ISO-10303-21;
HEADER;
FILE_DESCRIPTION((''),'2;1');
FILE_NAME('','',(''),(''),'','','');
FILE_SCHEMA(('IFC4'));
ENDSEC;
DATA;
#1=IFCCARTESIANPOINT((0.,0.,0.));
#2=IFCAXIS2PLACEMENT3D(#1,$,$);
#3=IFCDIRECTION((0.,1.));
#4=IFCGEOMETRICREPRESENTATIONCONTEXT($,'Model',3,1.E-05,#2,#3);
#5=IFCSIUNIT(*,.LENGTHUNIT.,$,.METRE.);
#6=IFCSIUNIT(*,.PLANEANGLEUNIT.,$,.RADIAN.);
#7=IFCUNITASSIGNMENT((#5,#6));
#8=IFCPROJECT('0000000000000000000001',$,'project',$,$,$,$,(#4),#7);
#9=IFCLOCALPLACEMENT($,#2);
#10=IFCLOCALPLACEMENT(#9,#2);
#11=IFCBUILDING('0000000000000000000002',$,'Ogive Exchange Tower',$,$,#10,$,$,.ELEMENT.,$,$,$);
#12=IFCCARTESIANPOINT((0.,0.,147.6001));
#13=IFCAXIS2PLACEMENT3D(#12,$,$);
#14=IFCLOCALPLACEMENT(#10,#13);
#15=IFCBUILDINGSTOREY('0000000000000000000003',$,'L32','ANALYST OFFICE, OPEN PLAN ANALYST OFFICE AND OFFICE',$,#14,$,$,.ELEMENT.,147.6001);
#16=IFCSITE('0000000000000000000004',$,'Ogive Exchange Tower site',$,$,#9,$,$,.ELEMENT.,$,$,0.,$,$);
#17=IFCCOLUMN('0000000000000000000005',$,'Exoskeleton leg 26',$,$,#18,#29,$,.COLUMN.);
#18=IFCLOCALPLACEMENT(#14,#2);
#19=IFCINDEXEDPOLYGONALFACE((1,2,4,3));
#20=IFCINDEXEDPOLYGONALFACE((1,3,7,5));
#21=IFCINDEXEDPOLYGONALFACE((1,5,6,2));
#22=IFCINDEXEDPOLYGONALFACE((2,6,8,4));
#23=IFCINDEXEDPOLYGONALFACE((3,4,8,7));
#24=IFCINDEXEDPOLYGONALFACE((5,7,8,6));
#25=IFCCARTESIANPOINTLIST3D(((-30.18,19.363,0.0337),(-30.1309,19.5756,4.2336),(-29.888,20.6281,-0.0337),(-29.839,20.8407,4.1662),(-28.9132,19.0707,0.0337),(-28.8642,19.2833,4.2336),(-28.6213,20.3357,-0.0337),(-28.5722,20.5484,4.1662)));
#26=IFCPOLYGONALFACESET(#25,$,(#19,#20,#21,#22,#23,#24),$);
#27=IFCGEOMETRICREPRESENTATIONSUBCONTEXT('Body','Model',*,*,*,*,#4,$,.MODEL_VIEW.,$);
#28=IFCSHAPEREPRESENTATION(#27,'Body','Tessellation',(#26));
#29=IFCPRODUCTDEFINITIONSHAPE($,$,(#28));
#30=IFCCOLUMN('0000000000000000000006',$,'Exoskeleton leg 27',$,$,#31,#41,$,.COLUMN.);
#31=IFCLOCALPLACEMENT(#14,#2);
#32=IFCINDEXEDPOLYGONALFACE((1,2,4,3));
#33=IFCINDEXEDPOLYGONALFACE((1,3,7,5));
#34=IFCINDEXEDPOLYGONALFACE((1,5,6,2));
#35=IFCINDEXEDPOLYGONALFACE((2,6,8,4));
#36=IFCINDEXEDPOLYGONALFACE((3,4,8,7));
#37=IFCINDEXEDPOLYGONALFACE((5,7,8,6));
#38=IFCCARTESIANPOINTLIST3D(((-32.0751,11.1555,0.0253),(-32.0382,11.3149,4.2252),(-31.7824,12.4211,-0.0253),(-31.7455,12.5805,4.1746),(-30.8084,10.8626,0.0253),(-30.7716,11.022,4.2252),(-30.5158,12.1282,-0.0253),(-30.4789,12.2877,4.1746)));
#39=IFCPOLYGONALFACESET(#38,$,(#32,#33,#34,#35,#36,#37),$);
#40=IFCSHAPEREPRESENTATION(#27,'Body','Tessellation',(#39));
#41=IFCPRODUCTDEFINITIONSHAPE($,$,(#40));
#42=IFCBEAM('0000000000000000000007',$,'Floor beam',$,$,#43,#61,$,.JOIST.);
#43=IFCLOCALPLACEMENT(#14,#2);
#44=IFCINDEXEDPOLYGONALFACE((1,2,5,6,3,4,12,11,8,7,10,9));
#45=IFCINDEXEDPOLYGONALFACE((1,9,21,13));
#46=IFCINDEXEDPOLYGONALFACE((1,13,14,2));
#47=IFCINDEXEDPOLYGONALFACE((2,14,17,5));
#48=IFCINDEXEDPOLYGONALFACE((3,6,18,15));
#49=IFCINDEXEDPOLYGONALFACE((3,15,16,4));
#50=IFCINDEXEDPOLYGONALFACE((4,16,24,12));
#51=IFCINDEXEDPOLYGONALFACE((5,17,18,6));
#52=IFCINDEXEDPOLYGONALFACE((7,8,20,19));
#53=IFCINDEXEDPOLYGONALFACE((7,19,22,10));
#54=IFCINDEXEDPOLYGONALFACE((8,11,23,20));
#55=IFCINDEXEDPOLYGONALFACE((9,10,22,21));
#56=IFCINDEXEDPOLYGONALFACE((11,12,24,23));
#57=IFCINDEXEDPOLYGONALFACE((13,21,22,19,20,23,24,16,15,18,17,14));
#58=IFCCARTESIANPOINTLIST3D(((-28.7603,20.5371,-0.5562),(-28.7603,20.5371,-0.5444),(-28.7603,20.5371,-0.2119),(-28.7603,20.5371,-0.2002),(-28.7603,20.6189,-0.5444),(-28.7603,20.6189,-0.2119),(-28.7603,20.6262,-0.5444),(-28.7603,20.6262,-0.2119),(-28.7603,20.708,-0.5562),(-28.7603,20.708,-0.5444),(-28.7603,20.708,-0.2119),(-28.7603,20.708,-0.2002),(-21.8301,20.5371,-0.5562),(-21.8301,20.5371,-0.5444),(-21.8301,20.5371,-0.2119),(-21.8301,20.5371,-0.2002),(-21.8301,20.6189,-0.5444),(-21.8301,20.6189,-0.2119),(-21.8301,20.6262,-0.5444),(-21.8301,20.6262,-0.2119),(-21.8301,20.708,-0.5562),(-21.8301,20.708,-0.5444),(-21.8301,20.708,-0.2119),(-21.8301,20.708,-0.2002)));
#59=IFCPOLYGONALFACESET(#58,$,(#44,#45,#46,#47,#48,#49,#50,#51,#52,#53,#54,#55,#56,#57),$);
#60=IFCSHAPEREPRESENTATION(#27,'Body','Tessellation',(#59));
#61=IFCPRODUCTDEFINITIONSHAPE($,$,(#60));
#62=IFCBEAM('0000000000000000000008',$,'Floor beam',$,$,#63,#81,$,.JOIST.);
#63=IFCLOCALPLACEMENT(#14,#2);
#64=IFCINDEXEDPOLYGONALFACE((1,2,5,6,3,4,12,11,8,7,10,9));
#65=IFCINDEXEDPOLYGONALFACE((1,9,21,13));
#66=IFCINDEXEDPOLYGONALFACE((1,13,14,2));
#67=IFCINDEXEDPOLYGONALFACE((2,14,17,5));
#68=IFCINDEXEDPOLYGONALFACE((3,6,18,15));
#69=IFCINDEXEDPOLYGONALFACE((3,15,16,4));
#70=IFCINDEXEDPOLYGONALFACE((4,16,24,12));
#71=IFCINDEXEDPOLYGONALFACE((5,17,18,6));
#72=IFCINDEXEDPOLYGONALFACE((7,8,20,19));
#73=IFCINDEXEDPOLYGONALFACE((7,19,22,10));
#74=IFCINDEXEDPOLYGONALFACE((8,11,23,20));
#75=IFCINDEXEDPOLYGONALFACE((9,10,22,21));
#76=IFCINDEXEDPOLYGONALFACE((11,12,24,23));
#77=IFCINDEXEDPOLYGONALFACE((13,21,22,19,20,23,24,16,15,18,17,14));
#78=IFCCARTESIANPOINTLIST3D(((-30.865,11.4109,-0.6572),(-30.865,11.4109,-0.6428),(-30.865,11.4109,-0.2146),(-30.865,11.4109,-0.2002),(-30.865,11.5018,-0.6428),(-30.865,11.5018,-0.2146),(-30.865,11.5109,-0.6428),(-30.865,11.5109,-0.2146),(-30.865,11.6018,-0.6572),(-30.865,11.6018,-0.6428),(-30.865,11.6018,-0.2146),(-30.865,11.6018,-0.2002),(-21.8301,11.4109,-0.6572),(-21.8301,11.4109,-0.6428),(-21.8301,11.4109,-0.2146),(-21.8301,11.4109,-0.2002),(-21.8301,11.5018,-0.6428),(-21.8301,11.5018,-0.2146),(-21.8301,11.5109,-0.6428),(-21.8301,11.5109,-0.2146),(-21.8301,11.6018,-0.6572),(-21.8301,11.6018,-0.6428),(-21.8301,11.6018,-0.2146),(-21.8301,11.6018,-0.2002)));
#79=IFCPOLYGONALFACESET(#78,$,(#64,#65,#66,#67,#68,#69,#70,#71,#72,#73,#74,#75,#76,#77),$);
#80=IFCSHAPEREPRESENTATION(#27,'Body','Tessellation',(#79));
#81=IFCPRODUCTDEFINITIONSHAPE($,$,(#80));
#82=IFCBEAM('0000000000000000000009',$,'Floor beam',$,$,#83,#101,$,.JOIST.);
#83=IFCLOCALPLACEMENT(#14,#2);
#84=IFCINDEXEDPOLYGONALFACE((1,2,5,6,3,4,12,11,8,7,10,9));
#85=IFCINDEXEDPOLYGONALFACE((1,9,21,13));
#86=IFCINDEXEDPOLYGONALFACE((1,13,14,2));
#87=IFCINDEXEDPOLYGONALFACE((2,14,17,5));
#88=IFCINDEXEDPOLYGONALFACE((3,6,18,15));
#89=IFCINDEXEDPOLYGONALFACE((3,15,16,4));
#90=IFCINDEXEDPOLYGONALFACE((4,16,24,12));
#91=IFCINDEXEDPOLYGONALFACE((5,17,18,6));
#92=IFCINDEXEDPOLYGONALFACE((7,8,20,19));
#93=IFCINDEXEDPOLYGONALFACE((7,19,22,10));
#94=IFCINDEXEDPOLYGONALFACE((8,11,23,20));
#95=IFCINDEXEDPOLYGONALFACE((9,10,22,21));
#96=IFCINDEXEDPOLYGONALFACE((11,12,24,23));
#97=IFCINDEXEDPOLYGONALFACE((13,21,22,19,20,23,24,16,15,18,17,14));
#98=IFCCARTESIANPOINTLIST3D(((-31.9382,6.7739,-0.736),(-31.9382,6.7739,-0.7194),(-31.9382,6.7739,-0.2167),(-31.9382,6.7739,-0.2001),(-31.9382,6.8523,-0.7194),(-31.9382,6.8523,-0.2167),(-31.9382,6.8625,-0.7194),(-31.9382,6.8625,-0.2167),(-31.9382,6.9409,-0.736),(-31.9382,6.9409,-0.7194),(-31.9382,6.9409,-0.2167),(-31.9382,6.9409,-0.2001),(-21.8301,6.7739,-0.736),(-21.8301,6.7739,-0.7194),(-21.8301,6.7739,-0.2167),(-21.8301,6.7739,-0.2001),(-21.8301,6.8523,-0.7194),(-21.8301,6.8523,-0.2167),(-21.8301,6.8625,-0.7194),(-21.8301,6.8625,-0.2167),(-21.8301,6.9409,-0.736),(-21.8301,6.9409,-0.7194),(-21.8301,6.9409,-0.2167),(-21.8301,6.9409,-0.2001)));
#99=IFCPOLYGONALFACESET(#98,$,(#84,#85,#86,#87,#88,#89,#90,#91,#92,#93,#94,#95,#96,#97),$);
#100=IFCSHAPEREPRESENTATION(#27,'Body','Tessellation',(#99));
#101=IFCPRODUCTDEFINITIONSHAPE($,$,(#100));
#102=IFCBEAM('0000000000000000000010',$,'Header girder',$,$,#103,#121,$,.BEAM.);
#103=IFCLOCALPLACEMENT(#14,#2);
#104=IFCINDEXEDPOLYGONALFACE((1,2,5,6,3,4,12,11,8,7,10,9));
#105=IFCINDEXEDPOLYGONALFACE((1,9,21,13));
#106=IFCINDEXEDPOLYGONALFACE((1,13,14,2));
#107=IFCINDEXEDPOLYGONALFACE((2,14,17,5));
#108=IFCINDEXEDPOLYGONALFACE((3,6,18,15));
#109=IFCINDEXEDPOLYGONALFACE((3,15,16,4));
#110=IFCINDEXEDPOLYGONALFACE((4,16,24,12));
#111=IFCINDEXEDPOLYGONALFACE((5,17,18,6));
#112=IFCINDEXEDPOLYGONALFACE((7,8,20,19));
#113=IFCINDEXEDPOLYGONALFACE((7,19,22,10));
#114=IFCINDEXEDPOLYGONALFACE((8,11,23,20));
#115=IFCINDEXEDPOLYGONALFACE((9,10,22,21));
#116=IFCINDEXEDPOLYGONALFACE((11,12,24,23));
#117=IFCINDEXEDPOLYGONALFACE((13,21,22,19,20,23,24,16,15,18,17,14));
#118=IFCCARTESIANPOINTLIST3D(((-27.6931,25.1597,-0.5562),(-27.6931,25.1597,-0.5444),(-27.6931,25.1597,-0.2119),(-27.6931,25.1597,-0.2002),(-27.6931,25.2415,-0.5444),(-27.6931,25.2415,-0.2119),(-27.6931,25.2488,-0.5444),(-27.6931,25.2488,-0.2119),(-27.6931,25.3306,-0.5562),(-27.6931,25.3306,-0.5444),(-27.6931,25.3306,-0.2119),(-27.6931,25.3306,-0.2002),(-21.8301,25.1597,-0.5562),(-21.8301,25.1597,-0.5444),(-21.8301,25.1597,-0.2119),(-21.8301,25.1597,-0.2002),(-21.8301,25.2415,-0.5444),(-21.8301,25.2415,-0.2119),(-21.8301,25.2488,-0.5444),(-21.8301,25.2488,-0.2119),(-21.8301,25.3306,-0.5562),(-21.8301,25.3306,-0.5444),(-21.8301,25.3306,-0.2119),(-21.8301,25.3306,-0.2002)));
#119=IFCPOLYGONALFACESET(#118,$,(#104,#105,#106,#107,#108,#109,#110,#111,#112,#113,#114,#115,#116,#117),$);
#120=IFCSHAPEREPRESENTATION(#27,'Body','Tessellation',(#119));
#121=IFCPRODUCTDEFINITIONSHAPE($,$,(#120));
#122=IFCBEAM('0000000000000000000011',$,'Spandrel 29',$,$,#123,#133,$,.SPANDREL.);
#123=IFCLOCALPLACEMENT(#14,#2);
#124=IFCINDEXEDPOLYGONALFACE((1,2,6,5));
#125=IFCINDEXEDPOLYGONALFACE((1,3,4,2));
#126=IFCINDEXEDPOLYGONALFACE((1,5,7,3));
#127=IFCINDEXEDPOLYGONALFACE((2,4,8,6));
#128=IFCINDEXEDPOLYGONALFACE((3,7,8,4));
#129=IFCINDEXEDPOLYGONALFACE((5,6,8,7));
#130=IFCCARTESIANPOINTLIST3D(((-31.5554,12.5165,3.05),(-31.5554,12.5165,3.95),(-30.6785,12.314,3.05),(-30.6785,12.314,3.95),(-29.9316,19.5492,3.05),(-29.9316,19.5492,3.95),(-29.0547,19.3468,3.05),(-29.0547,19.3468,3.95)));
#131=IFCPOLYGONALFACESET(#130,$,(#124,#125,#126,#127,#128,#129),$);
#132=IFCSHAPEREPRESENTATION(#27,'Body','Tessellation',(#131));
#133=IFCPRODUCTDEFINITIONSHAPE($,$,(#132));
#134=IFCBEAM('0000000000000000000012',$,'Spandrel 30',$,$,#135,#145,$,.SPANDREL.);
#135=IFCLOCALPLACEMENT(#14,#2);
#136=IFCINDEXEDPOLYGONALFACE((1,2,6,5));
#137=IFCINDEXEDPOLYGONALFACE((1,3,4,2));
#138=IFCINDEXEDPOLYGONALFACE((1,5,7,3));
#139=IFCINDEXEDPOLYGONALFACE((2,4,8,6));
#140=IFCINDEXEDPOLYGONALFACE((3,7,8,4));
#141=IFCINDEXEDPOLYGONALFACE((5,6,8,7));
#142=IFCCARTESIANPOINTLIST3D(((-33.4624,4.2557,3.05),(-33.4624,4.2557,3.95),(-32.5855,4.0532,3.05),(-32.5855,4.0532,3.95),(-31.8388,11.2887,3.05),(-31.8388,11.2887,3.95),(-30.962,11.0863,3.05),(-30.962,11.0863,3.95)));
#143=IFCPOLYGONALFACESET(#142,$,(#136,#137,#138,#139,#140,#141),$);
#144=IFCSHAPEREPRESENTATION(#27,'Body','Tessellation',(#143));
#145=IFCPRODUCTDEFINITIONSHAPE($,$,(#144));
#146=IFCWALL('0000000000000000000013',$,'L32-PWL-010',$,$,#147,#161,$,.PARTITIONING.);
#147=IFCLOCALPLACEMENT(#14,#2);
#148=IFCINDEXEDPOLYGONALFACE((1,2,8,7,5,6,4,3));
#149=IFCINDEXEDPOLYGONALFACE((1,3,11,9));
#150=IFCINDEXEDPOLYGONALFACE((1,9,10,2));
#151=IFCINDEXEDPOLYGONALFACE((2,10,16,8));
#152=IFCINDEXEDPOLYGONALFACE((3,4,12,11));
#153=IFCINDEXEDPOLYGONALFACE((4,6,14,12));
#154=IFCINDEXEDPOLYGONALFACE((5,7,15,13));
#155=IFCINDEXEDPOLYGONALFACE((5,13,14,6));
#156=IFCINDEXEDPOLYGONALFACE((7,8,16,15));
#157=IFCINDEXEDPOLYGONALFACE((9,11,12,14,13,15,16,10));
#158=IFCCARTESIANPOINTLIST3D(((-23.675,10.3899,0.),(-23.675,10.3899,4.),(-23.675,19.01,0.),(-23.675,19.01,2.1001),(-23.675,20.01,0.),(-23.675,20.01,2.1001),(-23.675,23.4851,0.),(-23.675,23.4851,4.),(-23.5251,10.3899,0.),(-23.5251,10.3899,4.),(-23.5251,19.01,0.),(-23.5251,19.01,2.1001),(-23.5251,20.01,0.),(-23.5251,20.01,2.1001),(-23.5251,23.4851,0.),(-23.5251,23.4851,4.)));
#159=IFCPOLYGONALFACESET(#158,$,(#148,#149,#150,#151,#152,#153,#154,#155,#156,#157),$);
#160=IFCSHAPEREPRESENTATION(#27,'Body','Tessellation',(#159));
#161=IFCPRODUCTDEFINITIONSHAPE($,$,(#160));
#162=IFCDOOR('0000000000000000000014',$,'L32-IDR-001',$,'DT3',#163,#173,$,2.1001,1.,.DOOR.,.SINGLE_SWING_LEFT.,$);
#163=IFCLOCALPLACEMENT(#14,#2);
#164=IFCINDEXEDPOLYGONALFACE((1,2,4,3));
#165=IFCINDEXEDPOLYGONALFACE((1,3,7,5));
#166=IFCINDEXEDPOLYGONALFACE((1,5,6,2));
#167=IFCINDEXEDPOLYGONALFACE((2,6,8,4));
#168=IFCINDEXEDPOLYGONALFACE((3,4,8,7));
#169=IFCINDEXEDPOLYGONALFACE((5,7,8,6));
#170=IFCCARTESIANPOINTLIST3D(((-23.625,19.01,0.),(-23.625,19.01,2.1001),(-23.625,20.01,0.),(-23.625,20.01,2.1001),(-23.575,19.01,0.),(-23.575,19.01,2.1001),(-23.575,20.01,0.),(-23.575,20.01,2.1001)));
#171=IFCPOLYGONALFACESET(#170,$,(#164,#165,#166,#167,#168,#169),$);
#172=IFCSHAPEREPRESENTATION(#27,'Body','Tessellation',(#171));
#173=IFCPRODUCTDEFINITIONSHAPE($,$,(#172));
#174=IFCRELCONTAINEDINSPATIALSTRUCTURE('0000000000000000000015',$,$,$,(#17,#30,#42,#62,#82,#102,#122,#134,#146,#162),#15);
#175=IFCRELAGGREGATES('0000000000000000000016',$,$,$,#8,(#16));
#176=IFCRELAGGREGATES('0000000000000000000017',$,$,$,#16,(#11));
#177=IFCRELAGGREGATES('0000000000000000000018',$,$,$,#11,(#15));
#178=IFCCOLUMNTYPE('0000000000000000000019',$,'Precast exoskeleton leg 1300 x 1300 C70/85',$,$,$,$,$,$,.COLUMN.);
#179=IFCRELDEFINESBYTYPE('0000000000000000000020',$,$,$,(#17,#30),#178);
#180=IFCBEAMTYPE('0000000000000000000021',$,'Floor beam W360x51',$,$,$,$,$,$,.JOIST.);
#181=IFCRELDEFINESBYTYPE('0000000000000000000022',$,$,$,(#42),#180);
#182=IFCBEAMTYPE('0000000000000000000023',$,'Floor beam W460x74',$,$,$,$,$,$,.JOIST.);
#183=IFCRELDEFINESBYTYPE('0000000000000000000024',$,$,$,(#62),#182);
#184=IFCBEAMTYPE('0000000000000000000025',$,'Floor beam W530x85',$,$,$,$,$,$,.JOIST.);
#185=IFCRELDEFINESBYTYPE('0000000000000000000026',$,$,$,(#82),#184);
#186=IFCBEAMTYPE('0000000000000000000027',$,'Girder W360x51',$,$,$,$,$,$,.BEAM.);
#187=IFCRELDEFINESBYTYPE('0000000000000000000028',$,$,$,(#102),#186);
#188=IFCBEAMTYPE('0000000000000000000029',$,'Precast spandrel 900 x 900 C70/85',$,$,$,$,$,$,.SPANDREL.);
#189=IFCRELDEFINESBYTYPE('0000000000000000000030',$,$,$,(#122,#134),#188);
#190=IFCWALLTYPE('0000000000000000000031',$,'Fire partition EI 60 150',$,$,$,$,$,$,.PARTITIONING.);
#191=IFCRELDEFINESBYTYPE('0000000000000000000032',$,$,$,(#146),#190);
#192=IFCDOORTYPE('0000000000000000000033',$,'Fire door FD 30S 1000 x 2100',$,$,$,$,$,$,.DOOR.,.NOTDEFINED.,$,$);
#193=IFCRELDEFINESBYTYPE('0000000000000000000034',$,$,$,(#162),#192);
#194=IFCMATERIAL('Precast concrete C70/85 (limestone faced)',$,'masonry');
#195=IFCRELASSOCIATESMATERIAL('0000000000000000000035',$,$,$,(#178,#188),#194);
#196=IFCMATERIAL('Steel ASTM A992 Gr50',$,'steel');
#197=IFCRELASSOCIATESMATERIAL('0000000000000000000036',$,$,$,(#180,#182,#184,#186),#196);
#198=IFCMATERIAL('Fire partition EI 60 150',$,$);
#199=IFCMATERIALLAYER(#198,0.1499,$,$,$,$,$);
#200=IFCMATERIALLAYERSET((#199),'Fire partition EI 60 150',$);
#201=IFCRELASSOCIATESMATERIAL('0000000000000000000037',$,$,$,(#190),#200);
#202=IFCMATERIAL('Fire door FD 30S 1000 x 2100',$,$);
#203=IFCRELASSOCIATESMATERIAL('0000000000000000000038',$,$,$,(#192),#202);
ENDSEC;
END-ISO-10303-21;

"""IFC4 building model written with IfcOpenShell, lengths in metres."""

from ifc_helpers import new_model, si_unit, direction, frame, frame_2d, origin, origin_2d, place, context, subcontext, project, spatial, rectangle, i_section, extrude, material, layer, layer_set, material_profile, profile_set, type_object, element, fill, save


model = new_model("IFC4")

# Units and contexts
model_context = context("Model", 3, precision=1e-05, world=origin(), true_north=direction((0.0, 1.0)))
body_context = subcontext(model_context, "Body", "Model", "MODEL_VIEW")
ifc_project = project(units=[si_unit("LENGTHUNIT", "METRE"), si_unit("PLANEANGLEUNIT", "RADIAN")], contexts=[model_context])

# Site, building, storey
site_placement = place(None, origin())
site = spatial("IfcSite", under=ifc_project, at=site_placement, Name="Ogive Exchange Tower site", CompositionType="ELEMENT", RefElevation=0.0)
building_placement = place(site_placement, origin())
building = spatial("IfcBuilding", under=site, at=building_placement, Name="Ogive Exchange Tower", CompositionType="ELEMENT")
storey_placement = place(building_placement, frame((0.0, 0.0, 147.6001)))
storey = spatial("IfcBuildingStorey", under=building, at=storey_placement, Name="L32", Description="ANALYST OFFICE, OPEN PLAN ANALYST OFFICE AND OFFICE", CompositionType="ELEMENT", Elevation=147.6001)

# Columns
ifc_material_1 = material(Name="Precast concrete C70/85 (limestone faced)", Category="masonry")
ifc_material_profile_1 = material_profile(ifc_material_1, rectangle(XDim=1.3, YDim=1.3, at=origin_2d()), Name="1300 x 1300")
ifc_profile_set_1 = profile_set([ifc_material_profile_1], Name="Precast concrete C70/85 (limestone faced)")
column_type = type_object("IfcColumnType", Name="Precast exoskeleton leg 1300 x 1300 C70/85", PredefinedType="COLUMN", material=ifc_profile_set_1)
column_1_placement = place(storey_placement, frame((-29.4006, 19.8494, 0.0), z_axis=(0.011668, 0.050562, 0.998653), x_axis=(-0.974391, 0.22486, 0.0)))
element("IfcColumn", 1, at=column_1_placement, inside=storey, type_object=column_type, Name="Exoskeleton leg 26", PredefinedType="COLUMN", context=body_context, shape_type="SweptSolid", body=[
    extrude(rectangle(XDim=1.3, YDim=1.3, at=origin_2d()), origin(), (0.0, 0.0, 1.0), 4.2056),
])
column_2_placement = place(storey_placement, frame((-31.2954, 11.6418, 0.0), z_axis=(0.008771, 0.03793, 0.999242), x_axis=(-0.974291, 0.225295, 0.0)))
element("IfcColumn", 2, at=column_2_placement, inside=storey, type_object=column_type, Name="Exoskeleton leg 27", PredefinedType="COLUMN", context=body_context, shape_type="SweptSolid", body=[
    extrude(rectangle(XDim=1.3, YDim=1.3, at=origin_2d()), origin(), (0.0, 0.0, 1.0), 4.2031),
])

# Beams
ifc_material_2 = material(Name="Steel ASTM A992 Gr50", Category="steel")
ifc_material_profile_2 = material_profile(ifc_material_2, i_section(OverallWidth=0.1709, OverallDepth=0.356, WebThickness=0.0073, FlangeThickness=0.0117, at=origin_2d()), Name="W360x51")
ifc_profile_set_2 = profile_set([ifc_material_profile_2], Name="Steel ASTM A992 Gr50")
beam_type_1 = type_object("IfcBeamType", Name="Floor beam W360x51", PredefinedType="JOIST", material=ifc_profile_set_2)
beam_1_placement = place(storey_placement, frame((-28.7603, 20.6226, -0.3782), z_axis=(1.0, 0.0, 0.0), x_axis=(0.0, 1.0, 0.0)))
element("IfcBeam", 3, at=beam_1_placement, inside=storey, type_object=beam_type_1, Name="Floor beam", PredefinedType="JOIST", context=body_context, shape_type="SweptSolid", body=[
    extrude(i_section(OverallWidth=0.1709, OverallDepth=0.356, WebThickness=0.0073, FlangeThickness=0.0117, at=origin_2d()), origin(), (0.0, 0.0, 1.0), 6.9302),
])
ifc_material_profile_3 = material_profile(ifc_material_2, i_section(OverallWidth=0.1909, OverallDepth=0.457, WebThickness=0.009, FlangeThickness=0.0144, at=origin_2d()), Name="W460x74")
ifc_profile_set_3 = profile_set([ifc_material_profile_3], Name="Steel ASTM A992 Gr50")
beam_type_2 = type_object("IfcBeamType", Name="Floor beam W460x74", PredefinedType="JOIST", material=ifc_profile_set_3)
beam_2_placement = place(storey_placement, frame((-30.865, 11.5063, -0.4287), z_axis=(1.0, 0.0, 0.0), x_axis=(0.0, 1.0, 0.0)))
element("IfcBeam", 4, at=beam_2_placement, inside=storey, type_object=beam_type_2, Name="Floor beam", PredefinedType="JOIST", context=body_context, shape_type="SweptSolid", body=[
    extrude(i_section(OverallWidth=0.1909, OverallDepth=0.457, WebThickness=0.009, FlangeThickness=0.0144, at=origin_2d()), origin(), (0.0, 0.0, 1.0), 9.0349),
])
ifc_material_profile_4 = material_profile(ifc_material_2, i_section(OverallWidth=0.167, OverallDepth=0.5359, WebThickness=0.0103, FlangeThickness=0.0166, at=origin_2d()), Name="W530x85")
ifc_profile_set_4 = profile_set([ifc_material_profile_4], Name="Steel ASTM A992 Gr50")
beam_type_3 = type_object("IfcBeamType", Name="Floor beam W530x85", PredefinedType="JOIST", material=ifc_profile_set_4)
beam_3_placement = place(storey_placement, frame((-31.9382, 6.8574, -0.468), z_axis=(1.0, 0.0, 0.0), x_axis=(0.0, 1.0, 0.0)))
element("IfcBeam", 5, at=beam_3_placement, inside=storey, type_object=beam_type_3, Name="Floor beam", PredefinedType="JOIST", context=body_context, shape_type="SweptSolid", body=[
    extrude(i_section(OverallWidth=0.167, OverallDepth=0.5359, WebThickness=0.0103, FlangeThickness=0.0166, at=origin_2d()), origin(), (0.0, 0.0, 1.0), 10.1082),
])
ifc_material_profile_5 = material_profile(ifc_material_2, i_section(OverallWidth=0.1709, OverallDepth=0.356, WebThickness=0.0073, FlangeThickness=0.0117, at=origin_2d()), Name="W360x51")
ifc_profile_set_5 = profile_set([ifc_material_profile_5], Name="Steel ASTM A992 Gr50")
beam_type_4 = type_object("IfcBeamType", Name="Girder W360x51", PredefinedType="BEAM", material=ifc_profile_set_5)
beam_4_placement = place(storey_placement, frame((-27.6931, 25.2451, -0.3782), z_axis=(1.0, 0.0, 0.0), x_axis=(0.0, 1.0, 0.0)))
element("IfcBeam", 6, at=beam_4_placement, inside=storey, type_object=beam_type_4, Name="Header girder", PredefinedType="BEAM", context=body_context, shape_type="SweptSolid", body=[
    extrude(i_section(OverallWidth=0.1709, OverallDepth=0.356, WebThickness=0.0073, FlangeThickness=0.0117, at=origin_2d()), origin(), (0.0, 0.0, 1.0), 5.863),
])
ifc_material_profile_6 = material_profile(ifc_material_1, rectangle(XDim=0.8999, YDim=0.8999, at=origin_2d()), Name="900 x 900")
ifc_profile_set_6 = profile_set([ifc_material_profile_6], Name="Precast concrete C70/85 (limestone faced)")
beam_type_5 = type_object("IfcBeamType", Name="Precast spandrel 900 x 900 C70/85", PredefinedType="SPANDREL", material=ifc_profile_set_6)
beam_5_placement = place(storey_placement, frame((-29.4932, 19.448, 3.5), z_axis=(-0.224971, -0.974366, 0.0), x_axis=(0.974366, -0.224971, 0.0)))
element("IfcBeam", 7, at=beam_5_placement, inside=storey, type_object=beam_type_5, Name="Spandrel 29", PredefinedType="SPANDREL", context=body_context, shape_type="SweptSolid", body=[
    extrude(rectangle(XDim=0.8999, YDim=0.8999, at=origin_2d()), origin(), (0.0, 0.0, 1.0), 7.2178),
])
beam_6_placement = place(storey_placement, frame((-31.4004, 11.1875, 3.5), z_axis=(-0.224931, -0.974375, 0.0), x_axis=(0.974375, -0.224931, 0.0)))
element("IfcBeam", 8, at=beam_6_placement, inside=storey, type_object=beam_type_5, Name="Spandrel 30", PredefinedType="SPANDREL", context=body_context, shape_type="SweptSolid", body=[
    extrude(rectangle(XDim=0.8999, YDim=0.8999, at=origin_2d()), origin(), (0.0, 0.0, 1.0), 7.218),
])

# Wall, opening, door
ifc_material_3 = material(Name="Fire partition EI 60 150")
ifc_layer_1 = layer(ifc_material_3, 0.1499)
ifc_layer_set_1 = layer_set([ifc_layer_1], Name="Fire partition EI 60 150")
wall_type_1 = type_object("IfcWallType", Name="Fire partition EI 60 150", PredefinedType="PARTITIONING", material=ifc_layer_set_1)
wall_1_placement = place(storey_placement, frame((-23.6001, 10.3899, 0.0), z_axis=(0.0, 0.0, 1.0), x_axis=(0.0, 1.0, 0.0)))
wall_1 = element("IfcWall", 9, at=wall_1_placement, inside=storey, type_object=wall_type_1, Name="L32-PWL-010", PredefinedType="PARTITIONING", context=body_context, shape_type="SweptSolid", body=[
    extrude(rectangle(XDim=13.0952, YDim=0.1499, at=frame_2d((6.5476, 0.0))), origin(), (0.0, 0.0, 1.0), 4.0),
])
opening_placement = place(wall_1_placement, frame((8.6201, 0.0, 0.0)))
opening = element("IfcOpeningElement", 10, at=opening_placement, cuts=wall_1, PredefinedType="OPENING", context=body_context, shape_type="SweptSolid", body=[
    extrude(rectangle(XDim=1.0, YDim=2.1001, at=frame_2d((0.5, 1.05))), frame((0.0, 0.085, 0.0), z_axis=(0.0, -1.0, 0.0), x_axis=(1.0, 0.0, 0.0)), (0.0, 0.0, 1.0), 0.1699),
])
ifc_material_4 = material(Name="Fire door FD 30S 1000 x 2100")
door_type = type_object("IfcDoorType", Name="Fire door FD 30S 1000 x 2100", OperationType="NOTDEFINED", PredefinedType="DOOR", material=ifc_material_4)
door_placement = place(opening_placement, origin())
door = element("IfcDoor", 11, at=door_placement, inside=storey, type_object=door_type, Name="L32-IDR-001", ObjectType="DT3", OperationType="SINGLE_SWING_LEFT", OverallHeight=2.1001, OverallWidth=1.0, PredefinedType="DOOR", context=body_context, shape_type="SweptSolid", body=[
    extrude(rectangle(XDim=1.0, YDim=2.1001, at=frame_2d((0.5, 1.05))), frame((0.0, 0.0249, 0.0), z_axis=(0.0, -1.0, 0.0), x_axis=(1.0, 0.0, 0.0)), (0.0, 0.0, 1.0), 0.05),
])
fill(opening, door)

save(model, "model.ifc")
